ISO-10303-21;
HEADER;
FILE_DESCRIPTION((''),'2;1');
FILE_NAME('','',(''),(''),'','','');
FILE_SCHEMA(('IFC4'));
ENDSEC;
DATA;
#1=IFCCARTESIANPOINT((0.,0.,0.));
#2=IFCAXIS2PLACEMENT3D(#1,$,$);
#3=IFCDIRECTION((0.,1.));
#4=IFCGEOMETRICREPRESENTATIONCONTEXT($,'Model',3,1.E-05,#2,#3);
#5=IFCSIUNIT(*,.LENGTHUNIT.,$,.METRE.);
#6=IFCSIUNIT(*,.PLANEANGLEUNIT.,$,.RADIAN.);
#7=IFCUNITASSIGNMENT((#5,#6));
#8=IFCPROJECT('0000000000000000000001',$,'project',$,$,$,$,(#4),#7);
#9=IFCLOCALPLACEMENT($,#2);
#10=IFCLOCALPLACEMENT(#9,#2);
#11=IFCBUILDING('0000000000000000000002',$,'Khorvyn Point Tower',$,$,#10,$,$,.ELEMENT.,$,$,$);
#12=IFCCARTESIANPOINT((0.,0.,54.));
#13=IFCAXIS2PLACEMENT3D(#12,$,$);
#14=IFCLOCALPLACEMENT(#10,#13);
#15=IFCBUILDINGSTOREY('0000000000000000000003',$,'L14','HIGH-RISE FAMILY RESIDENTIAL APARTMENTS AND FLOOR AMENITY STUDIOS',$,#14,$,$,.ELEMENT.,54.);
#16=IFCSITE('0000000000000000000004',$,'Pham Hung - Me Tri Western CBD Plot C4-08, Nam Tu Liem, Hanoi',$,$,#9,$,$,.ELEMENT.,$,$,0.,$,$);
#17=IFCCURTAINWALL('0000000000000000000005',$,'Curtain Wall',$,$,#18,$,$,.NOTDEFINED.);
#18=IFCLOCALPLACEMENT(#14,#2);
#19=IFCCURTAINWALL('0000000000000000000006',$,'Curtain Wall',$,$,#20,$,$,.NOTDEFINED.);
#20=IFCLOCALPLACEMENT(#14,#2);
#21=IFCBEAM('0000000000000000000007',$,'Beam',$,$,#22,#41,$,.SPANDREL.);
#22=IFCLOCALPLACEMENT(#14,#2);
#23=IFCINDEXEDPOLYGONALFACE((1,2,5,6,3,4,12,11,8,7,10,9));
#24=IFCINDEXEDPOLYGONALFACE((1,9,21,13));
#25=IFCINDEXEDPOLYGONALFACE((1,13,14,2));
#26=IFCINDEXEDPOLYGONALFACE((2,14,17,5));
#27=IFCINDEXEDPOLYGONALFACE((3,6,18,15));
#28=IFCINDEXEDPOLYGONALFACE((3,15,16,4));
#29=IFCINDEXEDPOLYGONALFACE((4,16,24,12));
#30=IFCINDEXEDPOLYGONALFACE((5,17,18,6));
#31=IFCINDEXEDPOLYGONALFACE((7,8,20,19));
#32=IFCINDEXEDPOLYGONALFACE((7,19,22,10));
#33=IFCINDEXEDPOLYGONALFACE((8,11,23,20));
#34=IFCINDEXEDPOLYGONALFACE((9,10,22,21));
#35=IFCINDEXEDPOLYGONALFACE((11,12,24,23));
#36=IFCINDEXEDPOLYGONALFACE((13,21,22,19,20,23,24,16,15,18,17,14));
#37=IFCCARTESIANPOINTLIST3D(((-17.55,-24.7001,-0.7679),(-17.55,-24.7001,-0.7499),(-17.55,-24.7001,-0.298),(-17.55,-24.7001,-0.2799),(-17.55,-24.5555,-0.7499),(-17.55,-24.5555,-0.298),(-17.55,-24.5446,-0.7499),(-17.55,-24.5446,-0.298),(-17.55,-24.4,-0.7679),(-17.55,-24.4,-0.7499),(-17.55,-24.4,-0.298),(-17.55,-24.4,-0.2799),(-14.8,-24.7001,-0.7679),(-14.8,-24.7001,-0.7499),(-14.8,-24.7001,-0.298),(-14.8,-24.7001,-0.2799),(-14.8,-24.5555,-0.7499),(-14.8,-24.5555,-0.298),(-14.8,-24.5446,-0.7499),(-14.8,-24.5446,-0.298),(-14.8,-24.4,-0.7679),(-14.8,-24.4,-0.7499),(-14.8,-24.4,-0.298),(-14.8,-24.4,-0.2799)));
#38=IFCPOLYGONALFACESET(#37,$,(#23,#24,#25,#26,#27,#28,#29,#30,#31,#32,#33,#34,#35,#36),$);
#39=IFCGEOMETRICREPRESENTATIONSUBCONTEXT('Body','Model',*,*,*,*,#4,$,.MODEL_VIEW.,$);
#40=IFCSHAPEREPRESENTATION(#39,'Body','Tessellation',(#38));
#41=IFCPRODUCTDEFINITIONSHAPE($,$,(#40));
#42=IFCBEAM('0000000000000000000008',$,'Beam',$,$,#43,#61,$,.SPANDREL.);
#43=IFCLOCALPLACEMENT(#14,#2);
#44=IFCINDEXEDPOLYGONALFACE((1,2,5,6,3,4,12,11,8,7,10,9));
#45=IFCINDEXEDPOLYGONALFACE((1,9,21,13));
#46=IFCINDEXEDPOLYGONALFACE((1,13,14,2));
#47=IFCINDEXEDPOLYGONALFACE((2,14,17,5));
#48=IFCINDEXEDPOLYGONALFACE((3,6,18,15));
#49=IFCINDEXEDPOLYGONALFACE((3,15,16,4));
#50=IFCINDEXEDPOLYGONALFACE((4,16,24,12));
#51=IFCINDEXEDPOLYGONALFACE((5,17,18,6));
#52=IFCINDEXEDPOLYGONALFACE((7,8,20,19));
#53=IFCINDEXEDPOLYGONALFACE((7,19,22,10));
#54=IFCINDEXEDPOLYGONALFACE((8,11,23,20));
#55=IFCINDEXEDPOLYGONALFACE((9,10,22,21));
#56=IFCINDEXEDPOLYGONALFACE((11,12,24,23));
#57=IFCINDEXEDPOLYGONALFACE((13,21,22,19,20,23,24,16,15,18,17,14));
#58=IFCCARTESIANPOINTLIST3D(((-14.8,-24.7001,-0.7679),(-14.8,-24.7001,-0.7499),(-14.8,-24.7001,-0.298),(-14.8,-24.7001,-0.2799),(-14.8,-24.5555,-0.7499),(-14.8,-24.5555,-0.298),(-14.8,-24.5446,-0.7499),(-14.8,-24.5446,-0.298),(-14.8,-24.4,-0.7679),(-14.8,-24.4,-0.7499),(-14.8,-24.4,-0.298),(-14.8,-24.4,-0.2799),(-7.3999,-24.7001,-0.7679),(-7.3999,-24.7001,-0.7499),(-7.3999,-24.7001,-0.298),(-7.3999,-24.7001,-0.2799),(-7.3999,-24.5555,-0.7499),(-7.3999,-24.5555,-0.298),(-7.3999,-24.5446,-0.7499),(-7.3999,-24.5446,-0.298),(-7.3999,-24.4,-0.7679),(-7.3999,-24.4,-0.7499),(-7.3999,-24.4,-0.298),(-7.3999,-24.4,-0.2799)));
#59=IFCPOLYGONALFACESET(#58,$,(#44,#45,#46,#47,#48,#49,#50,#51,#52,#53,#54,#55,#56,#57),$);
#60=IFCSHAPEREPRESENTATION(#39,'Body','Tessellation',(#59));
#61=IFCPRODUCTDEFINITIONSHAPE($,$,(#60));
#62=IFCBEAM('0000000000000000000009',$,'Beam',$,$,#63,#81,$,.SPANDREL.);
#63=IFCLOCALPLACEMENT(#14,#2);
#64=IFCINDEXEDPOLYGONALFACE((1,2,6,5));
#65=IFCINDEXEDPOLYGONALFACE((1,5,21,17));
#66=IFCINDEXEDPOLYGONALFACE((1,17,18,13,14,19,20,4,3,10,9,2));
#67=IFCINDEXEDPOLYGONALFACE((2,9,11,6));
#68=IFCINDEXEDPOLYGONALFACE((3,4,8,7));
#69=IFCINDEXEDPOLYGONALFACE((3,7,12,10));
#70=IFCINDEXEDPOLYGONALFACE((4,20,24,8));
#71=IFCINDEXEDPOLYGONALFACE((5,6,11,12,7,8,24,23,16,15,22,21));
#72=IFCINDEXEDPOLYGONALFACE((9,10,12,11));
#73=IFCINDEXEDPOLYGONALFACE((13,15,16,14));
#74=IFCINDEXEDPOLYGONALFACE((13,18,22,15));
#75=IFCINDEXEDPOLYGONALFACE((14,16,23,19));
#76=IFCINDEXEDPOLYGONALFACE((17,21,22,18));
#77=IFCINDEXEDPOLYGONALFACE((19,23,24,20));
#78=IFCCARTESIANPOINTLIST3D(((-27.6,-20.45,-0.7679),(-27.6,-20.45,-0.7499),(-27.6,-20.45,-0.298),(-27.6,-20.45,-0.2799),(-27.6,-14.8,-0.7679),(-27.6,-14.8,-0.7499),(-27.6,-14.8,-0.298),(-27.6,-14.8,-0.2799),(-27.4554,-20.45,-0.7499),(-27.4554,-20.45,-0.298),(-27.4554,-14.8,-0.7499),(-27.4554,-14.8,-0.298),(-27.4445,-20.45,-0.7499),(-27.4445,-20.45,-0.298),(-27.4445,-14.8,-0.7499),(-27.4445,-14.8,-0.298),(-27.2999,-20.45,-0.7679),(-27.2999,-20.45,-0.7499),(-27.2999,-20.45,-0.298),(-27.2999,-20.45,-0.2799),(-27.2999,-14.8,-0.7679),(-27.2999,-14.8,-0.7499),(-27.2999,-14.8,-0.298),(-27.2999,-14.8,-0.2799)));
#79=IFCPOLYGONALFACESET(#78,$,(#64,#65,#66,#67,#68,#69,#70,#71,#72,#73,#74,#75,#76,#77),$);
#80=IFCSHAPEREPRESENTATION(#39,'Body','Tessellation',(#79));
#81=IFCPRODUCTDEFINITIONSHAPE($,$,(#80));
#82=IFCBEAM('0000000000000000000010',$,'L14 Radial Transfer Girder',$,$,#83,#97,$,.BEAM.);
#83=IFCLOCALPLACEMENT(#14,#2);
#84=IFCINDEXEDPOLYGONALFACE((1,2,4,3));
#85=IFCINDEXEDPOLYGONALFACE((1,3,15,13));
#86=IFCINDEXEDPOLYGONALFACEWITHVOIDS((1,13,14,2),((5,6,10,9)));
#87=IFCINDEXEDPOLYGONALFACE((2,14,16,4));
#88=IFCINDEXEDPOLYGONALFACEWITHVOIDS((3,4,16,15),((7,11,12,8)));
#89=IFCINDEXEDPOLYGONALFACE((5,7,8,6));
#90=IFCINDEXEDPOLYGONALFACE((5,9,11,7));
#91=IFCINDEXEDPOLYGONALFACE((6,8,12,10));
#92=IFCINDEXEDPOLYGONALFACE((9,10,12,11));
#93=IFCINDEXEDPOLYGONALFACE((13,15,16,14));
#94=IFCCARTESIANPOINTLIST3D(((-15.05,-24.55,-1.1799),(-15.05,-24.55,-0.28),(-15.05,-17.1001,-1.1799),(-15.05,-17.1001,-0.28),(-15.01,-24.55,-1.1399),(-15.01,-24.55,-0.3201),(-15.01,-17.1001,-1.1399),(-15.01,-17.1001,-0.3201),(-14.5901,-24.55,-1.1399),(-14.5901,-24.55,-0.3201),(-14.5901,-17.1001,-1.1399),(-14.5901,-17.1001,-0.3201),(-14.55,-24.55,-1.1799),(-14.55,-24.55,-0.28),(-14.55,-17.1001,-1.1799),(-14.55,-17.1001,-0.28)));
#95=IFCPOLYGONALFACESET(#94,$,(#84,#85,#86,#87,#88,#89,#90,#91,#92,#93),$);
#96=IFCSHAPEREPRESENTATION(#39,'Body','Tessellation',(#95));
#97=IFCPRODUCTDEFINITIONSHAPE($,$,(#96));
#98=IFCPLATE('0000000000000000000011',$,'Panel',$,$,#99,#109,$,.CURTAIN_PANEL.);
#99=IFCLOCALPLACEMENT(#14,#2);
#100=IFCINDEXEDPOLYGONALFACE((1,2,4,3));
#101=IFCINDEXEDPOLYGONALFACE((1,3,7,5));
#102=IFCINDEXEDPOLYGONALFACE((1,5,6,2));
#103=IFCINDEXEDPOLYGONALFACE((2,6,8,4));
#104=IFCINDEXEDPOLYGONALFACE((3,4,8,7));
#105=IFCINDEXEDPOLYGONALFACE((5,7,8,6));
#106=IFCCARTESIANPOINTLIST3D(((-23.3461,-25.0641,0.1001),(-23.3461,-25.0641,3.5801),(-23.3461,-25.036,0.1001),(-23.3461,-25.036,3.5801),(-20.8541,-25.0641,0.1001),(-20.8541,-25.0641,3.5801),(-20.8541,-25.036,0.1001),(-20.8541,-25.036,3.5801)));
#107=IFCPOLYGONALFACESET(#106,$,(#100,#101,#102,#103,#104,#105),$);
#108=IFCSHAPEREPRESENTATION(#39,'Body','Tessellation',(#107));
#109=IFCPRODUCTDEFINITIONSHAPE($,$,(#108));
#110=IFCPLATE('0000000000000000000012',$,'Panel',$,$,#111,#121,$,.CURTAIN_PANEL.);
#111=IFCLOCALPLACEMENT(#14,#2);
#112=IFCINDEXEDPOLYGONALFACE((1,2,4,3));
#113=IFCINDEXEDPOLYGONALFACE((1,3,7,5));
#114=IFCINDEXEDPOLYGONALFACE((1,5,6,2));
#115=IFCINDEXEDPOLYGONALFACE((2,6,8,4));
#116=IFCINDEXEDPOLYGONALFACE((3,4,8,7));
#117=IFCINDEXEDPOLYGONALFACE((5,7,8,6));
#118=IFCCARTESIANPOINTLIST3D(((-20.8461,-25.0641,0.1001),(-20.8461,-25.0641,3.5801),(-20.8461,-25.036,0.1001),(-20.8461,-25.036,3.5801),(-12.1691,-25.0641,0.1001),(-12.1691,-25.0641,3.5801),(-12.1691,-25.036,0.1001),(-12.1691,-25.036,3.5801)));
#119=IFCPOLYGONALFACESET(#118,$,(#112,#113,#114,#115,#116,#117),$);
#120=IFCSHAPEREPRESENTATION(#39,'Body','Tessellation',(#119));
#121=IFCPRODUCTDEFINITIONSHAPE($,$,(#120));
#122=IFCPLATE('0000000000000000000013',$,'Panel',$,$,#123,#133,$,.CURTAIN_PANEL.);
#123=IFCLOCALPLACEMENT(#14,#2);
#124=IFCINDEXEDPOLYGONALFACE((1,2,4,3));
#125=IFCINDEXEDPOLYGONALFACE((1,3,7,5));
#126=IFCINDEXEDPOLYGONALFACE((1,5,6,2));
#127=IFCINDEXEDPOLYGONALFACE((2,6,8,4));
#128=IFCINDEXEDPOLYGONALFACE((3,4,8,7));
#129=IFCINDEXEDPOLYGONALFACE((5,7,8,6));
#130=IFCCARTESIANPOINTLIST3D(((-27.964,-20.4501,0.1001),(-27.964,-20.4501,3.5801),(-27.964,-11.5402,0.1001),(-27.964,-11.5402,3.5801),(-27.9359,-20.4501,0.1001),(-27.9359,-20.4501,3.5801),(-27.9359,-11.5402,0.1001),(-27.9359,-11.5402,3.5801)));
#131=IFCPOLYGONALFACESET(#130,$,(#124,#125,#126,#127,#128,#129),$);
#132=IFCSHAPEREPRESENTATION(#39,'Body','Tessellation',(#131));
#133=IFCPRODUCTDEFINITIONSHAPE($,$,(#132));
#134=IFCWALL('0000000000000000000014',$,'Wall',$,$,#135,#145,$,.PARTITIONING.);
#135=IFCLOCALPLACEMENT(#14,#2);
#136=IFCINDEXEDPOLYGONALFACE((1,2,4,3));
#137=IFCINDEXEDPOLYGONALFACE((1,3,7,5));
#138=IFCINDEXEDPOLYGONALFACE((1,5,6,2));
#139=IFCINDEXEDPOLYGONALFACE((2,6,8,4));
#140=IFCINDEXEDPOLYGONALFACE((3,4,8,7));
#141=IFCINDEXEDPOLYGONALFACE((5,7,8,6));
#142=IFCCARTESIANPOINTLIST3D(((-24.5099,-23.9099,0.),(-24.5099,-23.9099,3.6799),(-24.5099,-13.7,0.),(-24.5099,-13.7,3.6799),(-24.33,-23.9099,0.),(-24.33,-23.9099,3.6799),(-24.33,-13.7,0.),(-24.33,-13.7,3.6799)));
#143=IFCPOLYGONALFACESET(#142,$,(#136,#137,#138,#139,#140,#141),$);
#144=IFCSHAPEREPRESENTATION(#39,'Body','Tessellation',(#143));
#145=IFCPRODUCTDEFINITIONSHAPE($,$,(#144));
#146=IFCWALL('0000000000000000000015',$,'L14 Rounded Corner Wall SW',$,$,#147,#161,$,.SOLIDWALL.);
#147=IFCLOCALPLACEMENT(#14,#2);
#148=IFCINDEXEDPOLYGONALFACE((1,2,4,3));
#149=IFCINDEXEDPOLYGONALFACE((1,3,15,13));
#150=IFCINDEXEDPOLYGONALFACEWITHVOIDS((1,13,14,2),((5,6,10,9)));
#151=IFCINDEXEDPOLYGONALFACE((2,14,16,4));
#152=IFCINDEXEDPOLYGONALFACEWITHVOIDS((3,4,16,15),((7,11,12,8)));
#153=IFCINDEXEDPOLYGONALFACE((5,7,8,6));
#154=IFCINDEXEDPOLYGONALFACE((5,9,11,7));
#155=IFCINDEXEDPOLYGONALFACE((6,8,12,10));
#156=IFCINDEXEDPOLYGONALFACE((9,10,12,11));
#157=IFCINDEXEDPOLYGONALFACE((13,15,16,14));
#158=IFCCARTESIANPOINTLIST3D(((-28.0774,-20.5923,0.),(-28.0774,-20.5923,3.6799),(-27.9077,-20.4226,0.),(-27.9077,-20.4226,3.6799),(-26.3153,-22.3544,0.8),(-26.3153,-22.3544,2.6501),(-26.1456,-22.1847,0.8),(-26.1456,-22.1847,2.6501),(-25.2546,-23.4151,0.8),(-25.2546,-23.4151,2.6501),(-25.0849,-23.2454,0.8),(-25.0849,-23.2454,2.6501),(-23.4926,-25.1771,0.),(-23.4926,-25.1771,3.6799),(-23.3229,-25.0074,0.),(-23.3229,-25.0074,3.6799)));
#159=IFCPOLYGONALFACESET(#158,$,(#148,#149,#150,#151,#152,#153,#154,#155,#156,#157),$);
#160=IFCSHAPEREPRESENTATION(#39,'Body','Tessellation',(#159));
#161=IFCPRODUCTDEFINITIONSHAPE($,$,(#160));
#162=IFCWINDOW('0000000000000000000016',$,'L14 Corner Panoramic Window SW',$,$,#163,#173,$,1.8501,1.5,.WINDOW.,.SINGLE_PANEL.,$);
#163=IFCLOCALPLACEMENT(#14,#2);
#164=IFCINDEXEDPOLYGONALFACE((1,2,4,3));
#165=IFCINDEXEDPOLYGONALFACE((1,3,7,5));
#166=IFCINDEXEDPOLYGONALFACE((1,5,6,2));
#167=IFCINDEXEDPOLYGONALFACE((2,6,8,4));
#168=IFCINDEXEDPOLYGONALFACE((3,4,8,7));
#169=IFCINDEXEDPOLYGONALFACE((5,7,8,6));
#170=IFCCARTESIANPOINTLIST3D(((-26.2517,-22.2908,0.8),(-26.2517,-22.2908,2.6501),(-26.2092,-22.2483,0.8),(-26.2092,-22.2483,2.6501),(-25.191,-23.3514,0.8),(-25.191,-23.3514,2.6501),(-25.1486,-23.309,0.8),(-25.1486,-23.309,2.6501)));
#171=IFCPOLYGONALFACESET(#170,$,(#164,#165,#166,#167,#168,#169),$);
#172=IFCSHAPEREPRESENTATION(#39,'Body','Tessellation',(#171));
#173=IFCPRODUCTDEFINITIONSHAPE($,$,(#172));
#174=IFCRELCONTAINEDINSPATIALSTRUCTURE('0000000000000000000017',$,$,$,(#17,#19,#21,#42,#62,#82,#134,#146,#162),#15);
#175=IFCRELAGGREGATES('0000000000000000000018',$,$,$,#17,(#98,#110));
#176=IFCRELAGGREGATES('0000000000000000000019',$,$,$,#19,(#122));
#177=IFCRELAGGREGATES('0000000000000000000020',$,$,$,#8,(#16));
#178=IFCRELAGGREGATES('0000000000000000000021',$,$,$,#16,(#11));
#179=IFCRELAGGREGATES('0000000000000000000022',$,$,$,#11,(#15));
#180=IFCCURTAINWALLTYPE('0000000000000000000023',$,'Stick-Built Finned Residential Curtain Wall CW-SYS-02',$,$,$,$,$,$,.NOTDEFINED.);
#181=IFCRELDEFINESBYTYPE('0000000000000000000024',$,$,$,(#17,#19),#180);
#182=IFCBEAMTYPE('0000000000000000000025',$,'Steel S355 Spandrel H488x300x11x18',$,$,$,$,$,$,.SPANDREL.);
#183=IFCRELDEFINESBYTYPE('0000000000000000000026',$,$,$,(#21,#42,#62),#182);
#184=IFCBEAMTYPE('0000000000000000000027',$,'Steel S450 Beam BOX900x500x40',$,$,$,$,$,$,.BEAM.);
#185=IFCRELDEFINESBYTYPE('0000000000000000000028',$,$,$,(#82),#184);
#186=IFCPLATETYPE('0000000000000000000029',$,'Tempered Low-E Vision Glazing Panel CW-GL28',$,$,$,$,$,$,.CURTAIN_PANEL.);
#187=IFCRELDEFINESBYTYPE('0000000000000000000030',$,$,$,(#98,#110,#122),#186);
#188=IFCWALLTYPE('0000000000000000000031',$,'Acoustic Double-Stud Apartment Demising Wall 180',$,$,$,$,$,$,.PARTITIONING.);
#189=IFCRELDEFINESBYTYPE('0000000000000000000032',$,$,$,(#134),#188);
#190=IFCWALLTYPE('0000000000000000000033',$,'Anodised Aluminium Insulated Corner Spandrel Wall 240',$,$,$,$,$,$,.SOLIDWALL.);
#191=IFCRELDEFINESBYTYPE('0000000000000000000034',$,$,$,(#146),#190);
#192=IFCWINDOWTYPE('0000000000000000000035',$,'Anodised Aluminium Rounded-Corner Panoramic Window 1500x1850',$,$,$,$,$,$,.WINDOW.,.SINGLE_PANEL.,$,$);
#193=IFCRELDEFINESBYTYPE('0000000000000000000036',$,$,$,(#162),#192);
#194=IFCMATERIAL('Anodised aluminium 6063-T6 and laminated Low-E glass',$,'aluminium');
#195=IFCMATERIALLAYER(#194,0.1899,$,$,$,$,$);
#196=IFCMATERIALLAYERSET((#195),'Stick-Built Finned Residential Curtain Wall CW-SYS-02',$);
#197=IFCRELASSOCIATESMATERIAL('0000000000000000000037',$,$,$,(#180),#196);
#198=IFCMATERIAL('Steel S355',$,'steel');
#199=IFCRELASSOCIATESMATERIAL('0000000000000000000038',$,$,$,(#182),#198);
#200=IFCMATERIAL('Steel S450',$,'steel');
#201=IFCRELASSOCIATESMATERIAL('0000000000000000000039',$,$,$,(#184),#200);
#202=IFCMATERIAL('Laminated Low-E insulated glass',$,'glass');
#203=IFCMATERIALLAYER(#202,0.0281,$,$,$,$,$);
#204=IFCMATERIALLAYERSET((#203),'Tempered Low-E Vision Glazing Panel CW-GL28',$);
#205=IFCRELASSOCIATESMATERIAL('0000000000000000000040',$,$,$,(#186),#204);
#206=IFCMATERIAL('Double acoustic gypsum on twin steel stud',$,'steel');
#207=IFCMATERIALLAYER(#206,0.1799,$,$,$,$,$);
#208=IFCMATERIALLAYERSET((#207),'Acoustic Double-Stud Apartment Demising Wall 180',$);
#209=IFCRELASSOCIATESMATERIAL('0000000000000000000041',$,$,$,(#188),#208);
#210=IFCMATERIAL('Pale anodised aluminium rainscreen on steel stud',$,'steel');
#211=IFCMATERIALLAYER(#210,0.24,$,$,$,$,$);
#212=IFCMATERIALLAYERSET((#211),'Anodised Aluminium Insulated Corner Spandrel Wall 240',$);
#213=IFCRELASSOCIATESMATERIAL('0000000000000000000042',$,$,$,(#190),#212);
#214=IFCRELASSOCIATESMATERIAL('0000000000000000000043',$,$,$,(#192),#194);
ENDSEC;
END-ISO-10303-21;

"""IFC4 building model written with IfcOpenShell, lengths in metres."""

from ifc_helpers import new_model, si_unit, direction, frame, frame_2d, origin, origin_2d, place, context, subcontext, project, spatial, rectangle, hollow_rectangle, i_section, extrude, material, layer, layer_set, material_profile, profile_set, type_object, element, fill, aggregate, save


model = new_model("IFC4")

# Units and contexts
model_context = context("Model", 3, precision=1e-05, world=origin(), true_north=direction((0.0, 1.0)))
body_context = subcontext(model_context, "Body", "Model", "MODEL_VIEW")
ifc_project = project(units=[si_unit("LENGTHUNIT", "METRE"), si_unit("PLANEANGLEUNIT", "RADIAN")], contexts=[model_context])

# Site, building, storey
site_placement = place(None, origin())
site = spatial("IfcSite", under=ifc_project, at=site_placement, Name="Pham Hung - Me Tri Western CBD Plot C4-08, Nam Tu Liem, Hanoi", CompositionType="ELEMENT", RefElevation=0.0)
building_placement = place(site_placement, origin())
building = spatial("IfcBuilding", under=site, at=building_placement, Name="Khorvyn Point Tower", CompositionType="ELEMENT")
storey_placement = place(building_placement, frame((0.0, 0.0, 54.0)))
storey = spatial("IfcBuildingStorey", under=building, at=storey_placement, Name="L14", Description="HIGH-RISE FAMILY RESIDENTIAL APARTMENTS AND FLOOR AMENITY STUDIOS", CompositionType="ELEMENT", Elevation=54.0)

# Shared definitions
ifc_material_1 = material(Name="Steel S450", Category="steel")

# Curtain wall
ifc_material_2 = material(Name="Anodised aluminium 6063-T6 and laminated Low-E glass", Category="aluminium")
ifc_layer_1 = layer(ifc_material_2, 0.1899)
ifc_layer_set_1 = layer_set([ifc_layer_1], Name="Stick-Built Finned Residential Curtain Wall CW-SYS-02")
curtain_wall_type = type_object("IfcCurtainWallType", Name="Stick-Built Finned Residential Curtain Wall CW-SYS-02", PredefinedType="NOTDEFINED", material=ifc_layer_set_1)
curtain_wall_1_placement = place(storey_placement, origin())
curtain_wall_1 = element("IfcCurtainWall", 1, at=curtain_wall_1_placement, inside=storey, type_object=curtain_wall_type, Name="Curtain Wall", PredefinedType="NOTDEFINED")

# Curtain wall
curtain_wall_2_placement = place(storey_placement, origin())
curtain_wall_2 = element("IfcCurtainWall", 2, at=curtain_wall_2_placement, inside=storey, type_object=curtain_wall_type, Name="Curtain Wall", PredefinedType="NOTDEFINED")

# Beams
ifc_material_3 = material(Name="Steel S355", Category="steel")
ifc_material_profile_1 = material_profile(ifc_material_3, i_section(OverallWidth=0.3, OverallDepth=0.488, WebThickness=0.011, FlangeThickness=0.0181, at=origin_2d()))
ifc_profile_set_1 = profile_set([ifc_material_profile_1], Name="Steel S355 H488x300x11x18")
beam_type_1 = type_object("IfcBeamType", Name="Steel S355 Spandrel H488x300x11x18", PredefinedType="SPANDREL", material=ifc_profile_set_1)
beam_1_placement = place(storey_placement, frame((-17.55, -24.55, -0.5239), z_axis=(1.0, 0.0, 0.0), x_axis=(0.0, 1.0, 0.0)))
element("IfcBeam", 3, at=beam_1_placement, inside=storey, type_object=beam_type_1, Name="Beam", PredefinedType="SPANDREL", context=body_context, shape_type="SweptSolid", body=[
    extrude(i_section(OverallWidth=0.3, OverallDepth=0.488, WebThickness=0.011, FlangeThickness=0.0181, at=origin_2d()), origin(), (0.0, 0.0, 1.0), 2.75),
])
beam_2_placement = place(storey_placement, frame((-14.8, -24.55, -0.5239), z_axis=(1.0, 0.0, 0.0), x_axis=(0.0, 1.0, 0.0)))
element("IfcBeam", 4, at=beam_2_placement, inside=storey, type_object=beam_type_1, Name="Beam", PredefinedType="SPANDREL", context=body_context, shape_type="SweptSolid", body=[
    extrude(i_section(OverallWidth=0.3, OverallDepth=0.488, WebThickness=0.011, FlangeThickness=0.0181, at=origin_2d()), origin(), (0.0, 0.0, 1.0), 7.4001),
])
beam_3_placement = place(storey_placement, frame((-27.45, -20.45, -0.5239), z_axis=(0.0, 1.0, 0.0), x_axis=(-1.0, 0.0, 0.0)))
element("IfcBeam", 5, at=beam_3_placement, inside=storey, type_object=beam_type_1, Name="Beam", PredefinedType="SPANDREL", context=body_context, shape_type="SweptSolid", body=[
    extrude(i_section(OverallWidth=0.3, OverallDepth=0.488, WebThickness=0.011, FlangeThickness=0.0181, at=origin_2d()), origin(), (0.0, 0.0, 1.0), 5.6499),
])
ifc_material_profile_2 = material_profile(ifc_material_1, hollow_rectangle(XDim=0.5, YDim=0.8999, WallThickness=0.04, at=origin_2d()))
ifc_profile_set_2 = profile_set([ifc_material_profile_2], Name="Steel S450 BOX900x500x40")
beam_type_2 = type_object("IfcBeamType", Name="Steel S450 Beam BOX900x500x40", PredefinedType="BEAM", material=ifc_profile_set_2)
beam_4_placement = place(storey_placement, frame((-14.8, -24.55, -0.73), z_axis=(0.0, 1.0, 0.0), x_axis=(-1.0, 0.0, 0.0)))
element("IfcBeam", 6, at=beam_4_placement, inside=storey, type_object=beam_type_2, Name="L14 Radial Transfer Girder", PredefinedType="BEAM", context=body_context, shape_type="SweptSolid", body=[
    extrude(hollow_rectangle(XDim=0.5, YDim=0.8999, WallThickness=0.04, at=origin_2d()), origin(), (0.0, 0.0, 1.0), 7.45),
])

# Plates
ifc_material_4 = material(Name="Laminated Low-E insulated glass", Category="glass")
ifc_layer_2 = layer(ifc_material_4, 0.0281)
ifc_layer_set_2 = layer_set([ifc_layer_2], Name="Tempered Low-E Vision Glazing Panel CW-GL28")
plate_type = type_object("IfcPlateType", Name="Tempered Low-E Vision Glazing Panel CW-GL28", PredefinedType="CURTAIN_PANEL", material=ifc_layer_set_2)
plate_1_placement = place(storey_placement, frame((-22.1001, -25.05, 0.1001), z_axis=(0.0, 0.0, 1.0), x_axis=(-1.0, 0.0, 0.0)))
plate_1 = element("IfcPlate", 7, at=plate_1_placement, type_object=plate_type, Name="Panel", PredefinedType="CURTAIN_PANEL", context=body_context, shape_type="SweptSolid", body=[
    extrude(rectangle(XDim=2.4919, YDim=0.0281, at=origin_2d()), origin(), (0.0, 0.0, 1.0), 3.48),
])
plate_2_placement = place(storey_placement, frame((-16.5076, -25.05, 0.1001), z_axis=(0.0, 0.0, 1.0), x_axis=(-1.0, 0.0, 0.0)))
plate_2 = element("IfcPlate", 8, at=plate_2_placement, type_object=plate_type, Name="Panel", PredefinedType="CURTAIN_PANEL", context=body_context, shape_type="SweptSolid", body=[
    extrude(rectangle(XDim=8.677, YDim=0.0281, at=origin_2d()), origin(), (0.0, 0.0, 1.0), 3.48),
])
aggregate(curtain_wall_1, [plate_1, plate_2])
plate_3_placement = place(storey_placement, frame((-27.95, -15.9951, 0.1001), z_axis=(0.0, 0.0, 1.0), x_axis=(0.0, 1.0, 0.0)))
plate_3 = element("IfcPlate", 9, at=plate_3_placement, type_object=plate_type, Name="Panel", PredefinedType="CURTAIN_PANEL", context=body_context, shape_type="SweptSolid", body=[
    extrude(rectangle(XDim=8.9099, YDim=0.0281, at=origin_2d()), origin(), (0.0, 0.0, 1.0), 3.48),
])
aggregate(curtain_wall_2, [plate_3])

# Wall
ifc_material_5 = material(Name="Double acoustic gypsum on twin steel stud", Category="steel")
ifc_layer_3 = layer(ifc_material_5, 0.1799)
ifc_layer_set_3 = layer_set([ifc_layer_3], Name="Acoustic Double-Stud Apartment Demising Wall 180")
wall_type_1 = type_object("IfcWallType", Name="Acoustic Double-Stud Apartment Demising Wall 180", PredefinedType="PARTITIONING", material=ifc_layer_set_3)
wall_1_placement = place(storey_placement, frame((-24.4199, -23.9099, 0.0), z_axis=(0.0, 0.0, 1.0), x_axis=(0.0, 1.0, 0.0)))
element("IfcWall", 10, at=wall_1_placement, inside=storey, type_object=wall_type_1, Name="Wall", PredefinedType="PARTITIONING", context=body_context, shape_type="SweptSolid", body=[
    extrude(rectangle(XDim=10.21, YDim=0.1799, at=frame_2d((5.105, 0.0))), origin(), (0.0, 0.0, 1.0), 3.6799),
])

# Wall, opening, window
ifc_material_6 = material(Name="Pale anodised aluminium rainscreen on steel stud", Category="steel")
ifc_layer_4 = layer(ifc_material_6, 0.24)
ifc_layer_set_4 = layer_set([ifc_layer_4], Name="Anodised Aluminium Insulated Corner Spandrel Wall 240")
wall_type_2 = type_object("IfcWallType", Name="Anodised Aluminium Insulated Corner Spandrel Wall 240", PredefinedType="SOLIDWALL", material=ifc_layer_set_4)
wall_2_placement = place(storey_placement, frame((-23.4077, -25.0923, 0.0), z_axis=(0.0, 0.0, 1.0), x_axis=(-0.707107, 0.707107, 0.0)))
wall_2 = element("IfcWall", 11, at=wall_2_placement, inside=storey, type_object=wall_type_2, Name="L14 Rounded Corner Wall SW", PredefinedType="SOLIDWALL", context=body_context, shape_type="SweptSolid", body=[
    extrude(rectangle(XDim=6.4839, YDim=0.24, at=frame_2d((3.2419, 0.0))), origin(), (0.0, 0.0, 1.0), 3.6799),
])
opening_1_placement = place(wall_2_placement, frame((2.4919, 0.0, 0.8)))
opening_1 = element("IfcOpeningElement", 12, at=opening_1_placement, cuts=wall_2, PredefinedType="OPENING", context=body_context, shape_type="SweptSolid", body=[
    extrude(rectangle(XDim=1.5, YDim=1.8501, at=frame_2d((0.75, 0.925))), frame((0.0, 0.1299, 0.0), z_axis=(0.0, -1.0, 0.0), x_axis=(1.0, 0.0, 0.0)), (0.0, 0.0, 1.0), 0.26),
])
window_type = type_object("IfcWindowType", Name="Anodised Aluminium Rounded-Corner Panoramic Window 1500x1850", PartitioningType="SINGLE_PANEL", PredefinedType="WINDOW", material=ifc_material_2)
window_placement = place(opening_1_placement, origin())
window = element("IfcWindow", 13, at=window_placement, inside=storey, type_object=window_type, Name="L14 Corner Panoramic Window SW", OverallHeight=1.8501, OverallWidth=1.5, PartitioningType="SINGLE_PANEL", PredefinedType="WINDOW", context=body_context, shape_type="SweptSolid", body=[
    extrude(rectangle(XDim=1.5, YDim=1.8501, at=frame_2d((0.75, 0.925))), frame((0.0, 0.03, 0.0), z_axis=(0.0, -1.0, 0.0), x_axis=(1.0, 0.0, 0.0)), (0.0, 0.0, 1.0), 0.0601),
])
fill(opening_1, window)

save(model, "model.ifc")
